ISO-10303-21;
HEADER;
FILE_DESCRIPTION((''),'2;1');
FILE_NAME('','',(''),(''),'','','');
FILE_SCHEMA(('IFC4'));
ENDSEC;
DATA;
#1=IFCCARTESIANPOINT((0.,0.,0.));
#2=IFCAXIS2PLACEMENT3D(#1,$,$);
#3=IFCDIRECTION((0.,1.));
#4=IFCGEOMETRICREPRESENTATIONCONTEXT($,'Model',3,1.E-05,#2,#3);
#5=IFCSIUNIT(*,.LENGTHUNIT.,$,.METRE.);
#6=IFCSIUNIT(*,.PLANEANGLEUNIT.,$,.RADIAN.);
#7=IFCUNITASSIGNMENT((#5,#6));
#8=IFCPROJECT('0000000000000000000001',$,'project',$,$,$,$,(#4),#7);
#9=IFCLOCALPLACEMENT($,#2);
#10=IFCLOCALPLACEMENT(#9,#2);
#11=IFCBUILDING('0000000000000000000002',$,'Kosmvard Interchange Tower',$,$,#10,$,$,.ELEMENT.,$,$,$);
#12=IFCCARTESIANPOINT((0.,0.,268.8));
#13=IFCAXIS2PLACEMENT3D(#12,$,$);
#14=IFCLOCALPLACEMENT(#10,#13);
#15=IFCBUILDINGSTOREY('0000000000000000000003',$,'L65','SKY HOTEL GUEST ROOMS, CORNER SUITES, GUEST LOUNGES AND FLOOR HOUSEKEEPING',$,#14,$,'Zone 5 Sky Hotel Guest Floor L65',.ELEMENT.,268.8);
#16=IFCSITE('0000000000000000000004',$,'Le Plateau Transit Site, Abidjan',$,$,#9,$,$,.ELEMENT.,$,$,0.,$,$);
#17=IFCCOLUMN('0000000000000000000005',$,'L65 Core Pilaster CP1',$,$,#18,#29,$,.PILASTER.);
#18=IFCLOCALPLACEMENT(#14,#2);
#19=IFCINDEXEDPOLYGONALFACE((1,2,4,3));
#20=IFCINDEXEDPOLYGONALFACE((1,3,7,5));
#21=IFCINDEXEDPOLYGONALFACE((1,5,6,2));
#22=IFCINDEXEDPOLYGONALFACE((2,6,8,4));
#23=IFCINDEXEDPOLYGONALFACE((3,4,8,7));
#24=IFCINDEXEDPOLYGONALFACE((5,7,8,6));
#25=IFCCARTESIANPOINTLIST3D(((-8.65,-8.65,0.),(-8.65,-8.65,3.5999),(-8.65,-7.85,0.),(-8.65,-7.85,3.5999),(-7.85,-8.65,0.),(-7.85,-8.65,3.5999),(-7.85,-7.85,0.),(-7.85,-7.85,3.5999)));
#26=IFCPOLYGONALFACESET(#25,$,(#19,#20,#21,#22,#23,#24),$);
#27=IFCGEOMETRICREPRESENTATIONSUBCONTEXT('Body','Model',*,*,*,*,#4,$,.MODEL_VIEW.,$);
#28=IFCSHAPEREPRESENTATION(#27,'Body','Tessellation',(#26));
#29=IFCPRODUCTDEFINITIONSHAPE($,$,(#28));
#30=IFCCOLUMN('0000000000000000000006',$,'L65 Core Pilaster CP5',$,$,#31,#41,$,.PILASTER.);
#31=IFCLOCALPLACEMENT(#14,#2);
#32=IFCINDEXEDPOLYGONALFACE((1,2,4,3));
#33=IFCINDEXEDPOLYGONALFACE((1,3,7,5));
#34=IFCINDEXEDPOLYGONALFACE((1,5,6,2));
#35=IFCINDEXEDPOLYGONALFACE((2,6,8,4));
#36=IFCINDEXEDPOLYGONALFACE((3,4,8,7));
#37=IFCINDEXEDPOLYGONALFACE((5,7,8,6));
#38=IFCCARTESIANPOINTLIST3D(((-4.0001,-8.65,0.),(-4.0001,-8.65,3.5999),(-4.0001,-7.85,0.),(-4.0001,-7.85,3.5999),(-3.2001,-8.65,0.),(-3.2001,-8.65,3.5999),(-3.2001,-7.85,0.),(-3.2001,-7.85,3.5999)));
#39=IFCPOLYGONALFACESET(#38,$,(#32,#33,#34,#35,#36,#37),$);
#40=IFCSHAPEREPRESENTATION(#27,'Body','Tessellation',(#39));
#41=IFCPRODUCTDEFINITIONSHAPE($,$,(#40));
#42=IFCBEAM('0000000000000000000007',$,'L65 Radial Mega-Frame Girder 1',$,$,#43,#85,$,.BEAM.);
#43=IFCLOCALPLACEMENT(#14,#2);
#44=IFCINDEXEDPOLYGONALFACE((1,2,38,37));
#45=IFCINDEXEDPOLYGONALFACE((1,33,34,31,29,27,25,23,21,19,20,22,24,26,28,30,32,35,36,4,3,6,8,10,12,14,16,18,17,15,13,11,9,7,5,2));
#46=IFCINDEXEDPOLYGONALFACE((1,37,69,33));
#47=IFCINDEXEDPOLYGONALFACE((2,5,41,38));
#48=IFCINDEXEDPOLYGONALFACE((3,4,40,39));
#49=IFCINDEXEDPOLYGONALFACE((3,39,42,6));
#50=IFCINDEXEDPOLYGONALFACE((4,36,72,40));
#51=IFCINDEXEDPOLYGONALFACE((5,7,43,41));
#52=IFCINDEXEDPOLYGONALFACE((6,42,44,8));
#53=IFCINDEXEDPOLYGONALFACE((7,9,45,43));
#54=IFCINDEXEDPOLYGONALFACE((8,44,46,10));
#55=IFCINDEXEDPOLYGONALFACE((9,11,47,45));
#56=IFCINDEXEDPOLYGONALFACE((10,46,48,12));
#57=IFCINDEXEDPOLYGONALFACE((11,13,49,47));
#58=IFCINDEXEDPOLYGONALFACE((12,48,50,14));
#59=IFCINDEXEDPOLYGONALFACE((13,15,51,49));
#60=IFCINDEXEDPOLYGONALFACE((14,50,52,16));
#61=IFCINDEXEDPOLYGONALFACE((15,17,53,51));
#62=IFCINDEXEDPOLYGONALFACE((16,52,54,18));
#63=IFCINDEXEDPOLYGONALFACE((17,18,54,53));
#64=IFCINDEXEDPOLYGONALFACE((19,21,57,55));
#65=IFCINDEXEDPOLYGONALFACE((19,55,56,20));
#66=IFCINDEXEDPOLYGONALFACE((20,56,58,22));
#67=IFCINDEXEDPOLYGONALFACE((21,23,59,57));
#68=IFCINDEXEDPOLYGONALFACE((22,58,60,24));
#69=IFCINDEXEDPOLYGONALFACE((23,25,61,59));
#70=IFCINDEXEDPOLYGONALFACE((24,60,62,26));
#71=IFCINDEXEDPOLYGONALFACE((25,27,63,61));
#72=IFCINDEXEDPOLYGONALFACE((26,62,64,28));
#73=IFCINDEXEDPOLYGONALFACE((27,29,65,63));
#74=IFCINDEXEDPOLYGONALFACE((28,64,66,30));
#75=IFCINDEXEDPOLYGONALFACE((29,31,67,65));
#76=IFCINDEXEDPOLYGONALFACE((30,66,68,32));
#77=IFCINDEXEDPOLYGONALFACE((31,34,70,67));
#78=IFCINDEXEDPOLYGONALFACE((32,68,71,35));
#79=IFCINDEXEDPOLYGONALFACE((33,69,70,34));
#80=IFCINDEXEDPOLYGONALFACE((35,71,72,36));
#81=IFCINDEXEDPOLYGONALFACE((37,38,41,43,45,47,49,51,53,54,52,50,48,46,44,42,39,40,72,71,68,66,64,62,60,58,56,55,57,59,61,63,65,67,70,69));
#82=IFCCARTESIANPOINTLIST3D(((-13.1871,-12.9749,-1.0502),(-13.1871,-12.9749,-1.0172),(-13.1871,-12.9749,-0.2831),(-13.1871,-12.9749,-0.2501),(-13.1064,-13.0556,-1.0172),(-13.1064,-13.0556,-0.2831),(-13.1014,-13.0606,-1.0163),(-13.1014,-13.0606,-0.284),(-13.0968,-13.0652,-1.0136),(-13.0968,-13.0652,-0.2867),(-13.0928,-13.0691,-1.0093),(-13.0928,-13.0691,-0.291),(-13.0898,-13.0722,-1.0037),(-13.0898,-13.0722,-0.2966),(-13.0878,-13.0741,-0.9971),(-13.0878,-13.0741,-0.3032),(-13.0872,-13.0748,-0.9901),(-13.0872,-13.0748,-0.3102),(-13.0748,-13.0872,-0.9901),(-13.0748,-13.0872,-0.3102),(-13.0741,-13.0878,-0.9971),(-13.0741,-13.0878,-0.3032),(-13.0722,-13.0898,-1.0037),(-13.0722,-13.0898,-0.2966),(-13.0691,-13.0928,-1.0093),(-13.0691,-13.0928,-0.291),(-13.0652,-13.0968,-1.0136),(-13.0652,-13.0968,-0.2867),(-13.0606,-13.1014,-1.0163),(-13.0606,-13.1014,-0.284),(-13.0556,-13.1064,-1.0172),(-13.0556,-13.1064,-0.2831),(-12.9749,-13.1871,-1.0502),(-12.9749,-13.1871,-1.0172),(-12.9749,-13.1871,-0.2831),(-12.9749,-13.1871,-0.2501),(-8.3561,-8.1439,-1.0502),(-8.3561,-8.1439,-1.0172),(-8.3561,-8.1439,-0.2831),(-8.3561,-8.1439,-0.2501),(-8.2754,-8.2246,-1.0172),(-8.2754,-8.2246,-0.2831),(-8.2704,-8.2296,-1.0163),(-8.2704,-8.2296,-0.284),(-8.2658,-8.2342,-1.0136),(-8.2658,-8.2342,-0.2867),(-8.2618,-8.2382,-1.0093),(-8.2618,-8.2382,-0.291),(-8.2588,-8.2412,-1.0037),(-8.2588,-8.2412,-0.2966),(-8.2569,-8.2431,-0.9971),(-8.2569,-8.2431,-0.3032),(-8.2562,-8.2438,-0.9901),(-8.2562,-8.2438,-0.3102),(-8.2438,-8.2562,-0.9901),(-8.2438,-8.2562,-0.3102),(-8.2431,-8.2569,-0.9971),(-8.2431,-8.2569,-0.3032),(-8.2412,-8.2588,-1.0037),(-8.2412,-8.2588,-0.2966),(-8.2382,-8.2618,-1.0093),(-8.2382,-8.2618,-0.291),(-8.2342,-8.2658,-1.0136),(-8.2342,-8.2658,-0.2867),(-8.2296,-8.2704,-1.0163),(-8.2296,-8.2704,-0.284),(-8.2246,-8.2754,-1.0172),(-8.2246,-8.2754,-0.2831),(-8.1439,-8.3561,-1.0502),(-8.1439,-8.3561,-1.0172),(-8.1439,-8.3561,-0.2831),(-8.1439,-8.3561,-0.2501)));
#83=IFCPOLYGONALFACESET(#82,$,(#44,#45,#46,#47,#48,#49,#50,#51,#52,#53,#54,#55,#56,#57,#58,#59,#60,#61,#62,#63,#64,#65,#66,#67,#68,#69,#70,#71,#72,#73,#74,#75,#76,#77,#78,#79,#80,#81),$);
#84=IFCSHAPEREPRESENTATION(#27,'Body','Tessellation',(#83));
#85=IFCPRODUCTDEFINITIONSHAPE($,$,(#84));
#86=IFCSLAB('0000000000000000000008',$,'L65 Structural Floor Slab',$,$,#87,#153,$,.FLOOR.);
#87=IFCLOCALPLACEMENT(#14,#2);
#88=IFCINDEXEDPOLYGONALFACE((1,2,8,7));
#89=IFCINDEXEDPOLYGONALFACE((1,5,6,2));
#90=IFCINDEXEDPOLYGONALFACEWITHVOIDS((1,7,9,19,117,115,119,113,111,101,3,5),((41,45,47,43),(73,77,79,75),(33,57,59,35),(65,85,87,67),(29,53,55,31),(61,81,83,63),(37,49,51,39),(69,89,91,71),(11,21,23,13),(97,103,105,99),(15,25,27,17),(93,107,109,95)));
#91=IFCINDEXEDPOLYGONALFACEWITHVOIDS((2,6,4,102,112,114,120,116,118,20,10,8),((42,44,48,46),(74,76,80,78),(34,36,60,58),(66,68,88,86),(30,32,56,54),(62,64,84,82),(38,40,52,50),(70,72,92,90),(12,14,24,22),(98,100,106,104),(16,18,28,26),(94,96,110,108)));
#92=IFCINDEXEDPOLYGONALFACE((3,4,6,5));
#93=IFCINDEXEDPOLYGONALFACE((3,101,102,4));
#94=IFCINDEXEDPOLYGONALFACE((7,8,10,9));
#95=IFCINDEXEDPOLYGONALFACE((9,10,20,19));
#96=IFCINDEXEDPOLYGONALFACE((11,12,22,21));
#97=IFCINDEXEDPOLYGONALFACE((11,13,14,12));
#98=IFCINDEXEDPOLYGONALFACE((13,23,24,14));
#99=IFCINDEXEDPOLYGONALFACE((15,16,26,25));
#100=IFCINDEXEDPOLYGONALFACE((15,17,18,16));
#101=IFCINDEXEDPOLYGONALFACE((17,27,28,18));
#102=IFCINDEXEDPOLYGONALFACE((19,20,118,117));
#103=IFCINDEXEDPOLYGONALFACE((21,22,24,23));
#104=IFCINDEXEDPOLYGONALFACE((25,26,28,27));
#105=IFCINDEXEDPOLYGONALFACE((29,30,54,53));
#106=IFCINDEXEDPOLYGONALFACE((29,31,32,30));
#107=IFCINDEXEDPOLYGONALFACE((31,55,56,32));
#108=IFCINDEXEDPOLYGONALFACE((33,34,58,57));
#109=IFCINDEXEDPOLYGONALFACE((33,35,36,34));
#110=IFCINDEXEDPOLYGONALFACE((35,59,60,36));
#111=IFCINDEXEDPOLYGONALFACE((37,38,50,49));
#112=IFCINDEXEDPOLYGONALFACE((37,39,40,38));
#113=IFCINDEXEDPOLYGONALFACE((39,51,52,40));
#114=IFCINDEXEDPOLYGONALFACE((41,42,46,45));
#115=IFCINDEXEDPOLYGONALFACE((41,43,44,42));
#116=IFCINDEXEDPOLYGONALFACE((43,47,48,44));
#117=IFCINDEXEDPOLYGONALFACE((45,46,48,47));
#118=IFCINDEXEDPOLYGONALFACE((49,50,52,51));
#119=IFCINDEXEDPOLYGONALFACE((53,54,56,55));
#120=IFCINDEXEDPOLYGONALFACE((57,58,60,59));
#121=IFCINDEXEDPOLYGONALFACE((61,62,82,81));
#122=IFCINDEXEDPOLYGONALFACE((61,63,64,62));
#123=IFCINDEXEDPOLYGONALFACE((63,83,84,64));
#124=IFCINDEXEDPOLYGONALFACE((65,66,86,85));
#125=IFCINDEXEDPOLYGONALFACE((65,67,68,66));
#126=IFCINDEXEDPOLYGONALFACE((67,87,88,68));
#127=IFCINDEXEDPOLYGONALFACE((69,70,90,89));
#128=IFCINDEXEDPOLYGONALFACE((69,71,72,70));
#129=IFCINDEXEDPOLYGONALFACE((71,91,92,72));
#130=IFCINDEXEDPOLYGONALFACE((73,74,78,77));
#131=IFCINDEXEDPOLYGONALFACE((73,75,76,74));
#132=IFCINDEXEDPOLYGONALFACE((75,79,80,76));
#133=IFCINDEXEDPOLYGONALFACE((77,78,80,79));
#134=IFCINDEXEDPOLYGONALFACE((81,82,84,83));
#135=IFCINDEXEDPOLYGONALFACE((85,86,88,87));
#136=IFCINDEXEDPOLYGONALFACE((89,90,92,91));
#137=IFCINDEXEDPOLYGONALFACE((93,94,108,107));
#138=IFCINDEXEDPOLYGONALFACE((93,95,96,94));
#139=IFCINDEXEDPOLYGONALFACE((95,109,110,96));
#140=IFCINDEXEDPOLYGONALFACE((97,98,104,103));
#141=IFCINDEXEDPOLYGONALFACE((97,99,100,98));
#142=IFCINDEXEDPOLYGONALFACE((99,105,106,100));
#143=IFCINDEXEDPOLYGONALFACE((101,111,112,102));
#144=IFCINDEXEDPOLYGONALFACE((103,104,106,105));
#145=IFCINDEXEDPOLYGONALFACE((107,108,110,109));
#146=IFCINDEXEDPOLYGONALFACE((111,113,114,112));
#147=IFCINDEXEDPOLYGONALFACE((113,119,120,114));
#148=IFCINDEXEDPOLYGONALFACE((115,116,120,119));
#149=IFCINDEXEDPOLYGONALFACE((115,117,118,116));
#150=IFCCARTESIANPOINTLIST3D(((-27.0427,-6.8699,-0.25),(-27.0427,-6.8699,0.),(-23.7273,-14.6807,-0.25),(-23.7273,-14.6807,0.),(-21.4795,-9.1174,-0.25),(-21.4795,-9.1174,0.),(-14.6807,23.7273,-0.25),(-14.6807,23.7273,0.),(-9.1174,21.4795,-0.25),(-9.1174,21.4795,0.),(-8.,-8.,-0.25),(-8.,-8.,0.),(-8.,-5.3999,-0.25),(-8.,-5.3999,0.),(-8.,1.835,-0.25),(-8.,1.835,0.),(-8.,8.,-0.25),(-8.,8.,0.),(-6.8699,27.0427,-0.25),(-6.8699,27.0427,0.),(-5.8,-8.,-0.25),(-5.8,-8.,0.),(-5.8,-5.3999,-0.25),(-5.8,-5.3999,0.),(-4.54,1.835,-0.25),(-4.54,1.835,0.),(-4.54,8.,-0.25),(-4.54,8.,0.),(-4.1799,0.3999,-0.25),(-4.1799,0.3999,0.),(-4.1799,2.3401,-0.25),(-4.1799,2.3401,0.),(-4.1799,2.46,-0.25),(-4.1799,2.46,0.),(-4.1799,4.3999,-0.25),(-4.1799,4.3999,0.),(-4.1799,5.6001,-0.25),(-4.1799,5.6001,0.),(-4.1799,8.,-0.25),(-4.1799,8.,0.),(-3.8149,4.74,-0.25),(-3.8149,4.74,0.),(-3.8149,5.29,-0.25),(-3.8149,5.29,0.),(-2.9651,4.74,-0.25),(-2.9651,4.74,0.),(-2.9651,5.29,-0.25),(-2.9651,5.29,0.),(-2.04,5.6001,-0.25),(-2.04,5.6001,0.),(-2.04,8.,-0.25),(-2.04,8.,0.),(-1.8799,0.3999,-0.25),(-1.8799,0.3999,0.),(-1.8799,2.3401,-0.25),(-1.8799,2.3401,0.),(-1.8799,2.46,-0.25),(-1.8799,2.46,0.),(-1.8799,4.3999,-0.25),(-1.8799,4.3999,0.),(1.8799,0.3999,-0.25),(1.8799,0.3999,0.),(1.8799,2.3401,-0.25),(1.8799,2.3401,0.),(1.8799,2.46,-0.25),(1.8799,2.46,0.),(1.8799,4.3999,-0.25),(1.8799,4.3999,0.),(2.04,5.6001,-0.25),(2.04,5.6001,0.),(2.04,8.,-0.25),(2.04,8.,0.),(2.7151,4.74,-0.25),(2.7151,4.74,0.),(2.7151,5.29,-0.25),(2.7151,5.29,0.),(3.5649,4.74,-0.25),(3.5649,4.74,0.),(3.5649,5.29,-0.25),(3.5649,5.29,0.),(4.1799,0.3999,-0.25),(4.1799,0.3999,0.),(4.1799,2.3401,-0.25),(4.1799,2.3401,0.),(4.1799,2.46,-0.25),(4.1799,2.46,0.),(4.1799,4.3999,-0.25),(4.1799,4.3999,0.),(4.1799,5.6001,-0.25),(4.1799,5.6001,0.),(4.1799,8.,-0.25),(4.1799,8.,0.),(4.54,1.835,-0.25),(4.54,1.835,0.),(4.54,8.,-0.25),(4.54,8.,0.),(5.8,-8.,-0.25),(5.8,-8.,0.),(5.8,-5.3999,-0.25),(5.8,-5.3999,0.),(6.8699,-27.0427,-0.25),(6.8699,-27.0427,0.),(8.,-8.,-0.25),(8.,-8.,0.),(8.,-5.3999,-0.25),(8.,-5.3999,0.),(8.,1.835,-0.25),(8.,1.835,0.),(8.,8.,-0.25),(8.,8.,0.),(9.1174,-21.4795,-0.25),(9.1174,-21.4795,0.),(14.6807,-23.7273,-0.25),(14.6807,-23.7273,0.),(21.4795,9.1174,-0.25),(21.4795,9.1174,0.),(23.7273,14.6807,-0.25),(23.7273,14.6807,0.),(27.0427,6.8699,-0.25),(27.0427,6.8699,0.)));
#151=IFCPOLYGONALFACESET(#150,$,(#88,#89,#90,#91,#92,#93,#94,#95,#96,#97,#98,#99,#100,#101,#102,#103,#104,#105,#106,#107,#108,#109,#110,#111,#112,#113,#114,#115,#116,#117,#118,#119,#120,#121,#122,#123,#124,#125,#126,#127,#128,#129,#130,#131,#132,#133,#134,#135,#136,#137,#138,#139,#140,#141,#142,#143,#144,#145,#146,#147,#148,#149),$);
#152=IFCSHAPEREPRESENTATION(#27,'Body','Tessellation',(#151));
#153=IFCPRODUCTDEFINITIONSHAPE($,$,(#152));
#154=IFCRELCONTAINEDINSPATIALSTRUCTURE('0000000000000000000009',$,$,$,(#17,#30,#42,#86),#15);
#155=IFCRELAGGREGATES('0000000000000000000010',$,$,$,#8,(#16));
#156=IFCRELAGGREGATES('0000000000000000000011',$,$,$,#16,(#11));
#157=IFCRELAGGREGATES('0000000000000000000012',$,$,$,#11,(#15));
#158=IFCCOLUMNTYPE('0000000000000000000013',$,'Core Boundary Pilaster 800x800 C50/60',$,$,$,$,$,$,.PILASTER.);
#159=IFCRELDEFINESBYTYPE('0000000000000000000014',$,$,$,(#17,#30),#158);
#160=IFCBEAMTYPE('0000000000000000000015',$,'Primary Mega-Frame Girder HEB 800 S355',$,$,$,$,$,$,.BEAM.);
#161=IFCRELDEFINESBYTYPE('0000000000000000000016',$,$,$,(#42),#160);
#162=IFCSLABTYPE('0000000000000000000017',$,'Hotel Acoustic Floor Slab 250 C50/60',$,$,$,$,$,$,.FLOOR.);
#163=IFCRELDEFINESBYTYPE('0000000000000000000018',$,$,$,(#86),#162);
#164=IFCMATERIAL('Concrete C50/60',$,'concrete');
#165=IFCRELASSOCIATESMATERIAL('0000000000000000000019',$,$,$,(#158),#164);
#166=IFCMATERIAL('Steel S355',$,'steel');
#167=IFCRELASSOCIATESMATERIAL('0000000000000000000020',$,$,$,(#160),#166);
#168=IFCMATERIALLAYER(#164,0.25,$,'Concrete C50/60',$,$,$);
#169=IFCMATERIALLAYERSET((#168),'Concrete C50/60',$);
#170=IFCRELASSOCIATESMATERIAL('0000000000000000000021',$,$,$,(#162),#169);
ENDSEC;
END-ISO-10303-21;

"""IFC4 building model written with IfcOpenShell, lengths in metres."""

from ifc_helpers import new_model, si_unit, direction, frame, origin, origin_2d, place, context, subcontext, project, spatial, polyline, rectangle, i_section, outline, extrude, source, transform, mapped, material, layer, layer_set, material_profile, profile_set, type_object, element, save


model = new_model("IFC4")

# Units and contexts
model_context = context("Model", 3, precision=1e-05, world=origin(), true_north=direction((0.0, 1.0)))
body_context = subcontext(model_context, "Body", "Model", "MODEL_VIEW")
ifc_project = project(units=[si_unit("LENGTHUNIT", "METRE"), si_unit("PLANEANGLEUNIT", "RADIAN")], contexts=[model_context])

# Site, building, storey
site_placement = place(None, origin())
site = spatial("IfcSite", under=ifc_project, at=site_placement, Name="Le Plateau Transit Site, Abidjan", CompositionType="ELEMENT", RefElevation=0.0)
building_placement = place(site_placement, origin())
building = spatial("IfcBuilding", under=site, at=building_placement, Name="Kosmvard Interchange Tower", CompositionType="ELEMENT")
storey_placement = place(building_placement, frame((0.0, 0.0, 268.8)))
storey = spatial("IfcBuildingStorey", under=building, at=storey_placement, Name="L65", Description="SKY HOTEL GUEST ROOMS, CORNER SUITES, GUEST LOUNGES AND FLOOR HOUSEKEEPING", LongName="Zone 5 Sky Hotel Guest Floor L65", CompositionType="ELEMENT", Elevation=268.8)

# Columns
ifc_material_1 = material(Name="Concrete C50/60", Category="concrete")
ifc_material_profile_1 = material_profile(ifc_material_1, rectangle(XDim=0.8, YDim=0.8, at=origin_2d()), Name="CP 800x800")
ifc_profile_set_1 = profile_set([ifc_material_profile_1], Name="Concrete C50/60")
column_type = type_object("IfcColumnType", Name="Core Boundary Pilaster 800x800 C50/60", PredefinedType="PILASTER", material=ifc_profile_set_1)
shared_shape_1 = source(origin(), body_context, "Body", "SweptSolid", [
    extrude(rectangle(XDim=0.8, YDim=0.8, at=origin_2d()), origin(), (0.0, 0.0, 1.0), 3.5999),
])
for number, where, z_axis, x_axis, name in (
    (1, (-8.25, -8.25, 0.0), (0.0, 0.0, 1.0), (1.0, 0.0, 0.0), "L65 Core Pilaster CP1"),
    (2, (-3.6001, -8.25, 0.0), (0.0, 0.0, 1.0), (1.0, 0.0, 0.0), "L65 Core Pilaster CP5"),
):
    element("IfcColumn", number, at=place(storey_placement, frame(where, z_axis=z_axis, x_axis=x_axis)), inside=storey, type_object=column_type, Name=name, PredefinedType="PILASTER", context=body_context, shape_type="MappedRepresentation", body=[
        mapped(shared_shape_1, transform((0.0, 0.0, 0.0), scale=1.0)),
    ])

# Beam
ifc_material_2 = material(Name="Steel S355", Category="steel")
ifc_material_profile_2 = material_profile(ifc_material_2, i_section(OverallWidth=0.3, OverallDepth=0.8, WebThickness=0.0176, FlangeThickness=0.033, FilletRadius=0.0271, at=origin_2d()), Name="HEB 800")
ifc_profile_set_2 = profile_set([ifc_material_profile_2], Name="Steel S355")
beam_type = type_object("IfcBeamType", Name="Primary Mega-Frame Girder HEB 800 S355", PredefinedType="BEAM", material=ifc_profile_set_2)
shared_shape_2 = source(origin(), body_context, "Body", "SweptSolid", [
    extrude(i_section(OverallWidth=0.3, OverallDepth=0.8, WebThickness=0.0176, FlangeThickness=0.033, FilletRadius=0.0271, at=origin_2d()), origin(), (0.0, 0.0, 1.0), 6.832),
])
beam_placement = place(storey_placement, frame((-8.25, -8.25, -0.6501), z_axis=(-0.707107, -0.707107, 0.0), x_axis=(0.707107, -0.707107, 0.0)))
element("IfcBeam", 3, at=beam_placement, inside=storey, type_object=beam_type, Name="L65 Radial Mega-Frame Girder 1", PredefinedType="BEAM", context=body_context, shape_type="MappedRepresentation", body=[
    mapped(shared_shape_2, transform((0.0, 0.0, 0.0), scale=1.0)),
])

# Slab
ifc_layer_1 = layer(ifc_material_1, 0.25, Name="Concrete C50/60")
ifc_layer_set_1 = layer_set([ifc_layer_1], Name="Concrete C50/60")
slab_type = type_object("IfcSlabType", Name="Hotel Acoustic Floor Slab 250 C50/60", PredefinedType="FLOOR", material=ifc_layer_set_1)
slab_placement = place(storey_placement, frame((0.0, 0.0, -0.25)))
element("IfcSlab", 4, at=slab_placement, inside=storey, type_object=slab_type, Name="L65 Structural Floor Slab", PredefinedType="FLOOR", context=body_context, shape_type="SweptSolid", body=[
    extrude(outline(polyline([(14.6807, -23.7273), (27.0427, 6.8699), (21.4795, 9.1174), (23.7273, 14.6807), (-6.8699, 27.0427), (-9.1174, 21.4795), (-14.6807, 23.7273), (-27.0427, -6.8699), (-21.4795, -9.1174), (-23.7273, -14.6807), (6.8699, -27.0427), (9.1174, -21.4795), (14.6807, -23.7273)]), holes=[polyline([(-8.0, 1.835), (-4.54, 1.835), (-4.54, 8.0), (-8.0, 8.0), (-8.0, 1.835)]), polyline([(4.54, 1.835), (8.0, 1.835), (8.0, 8.0), (4.54, 8.0), (4.54, 1.835)]), polyline([(-8.0, -8.0), (-5.8, -8.0), (-5.8, -5.3999), (-8.0, -5.3999), (-8.0, -8.0)]), polyline([(5.8, -8.0), (8.0, -8.0), (8.0, -5.3999), (5.8, -5.3999), (5.8, -8.0)]), polyline([(-4.1799, 0.3999), (-1.8799, 0.3999), (-1.8799, 2.3401), (-4.1799, 2.3401), (-4.1799, 0.3999)]), polyline([(-4.1799, 2.46), (-1.8799, 2.46), (-1.8799, 4.3999), (-4.1799, 4.3999), (-4.1799, 2.46)]), polyline([(1.8799, 0.3999), (4.1799, 0.3999), (4.1799, 2.3401), (1.8799, 2.3401), (1.8799, 0.3999)]), polyline([(1.8799, 2.46), (4.1799, 2.46), (4.1799, 4.3999), (1.8799, 4.3999), (1.8799, 2.46)]), polyline([(-4.1799, 5.6001), (-2.04, 5.6001), (-2.04, 8.0), (-4.1799, 8.0), (-4.1799, 5.6001)]), polyline([(2.04, 5.6001), (4.1799, 5.6001), (4.1799, 8.0), (2.04, 8.0), (2.04, 5.6001)]), polyline([(-3.8149, 4.74), (-2.9651, 4.74), (-2.9651, 5.29), (-3.8149, 5.29), (-3.8149, 4.74)]), polyline([(2.7151, 4.74), (3.5649, 4.74), (3.5649, 5.29), (2.7151, 5.29), (2.7151, 4.74)])]), origin(), (0.0, 0.0, 1.0), 0.25),
])

save(model, "model.ifc")
